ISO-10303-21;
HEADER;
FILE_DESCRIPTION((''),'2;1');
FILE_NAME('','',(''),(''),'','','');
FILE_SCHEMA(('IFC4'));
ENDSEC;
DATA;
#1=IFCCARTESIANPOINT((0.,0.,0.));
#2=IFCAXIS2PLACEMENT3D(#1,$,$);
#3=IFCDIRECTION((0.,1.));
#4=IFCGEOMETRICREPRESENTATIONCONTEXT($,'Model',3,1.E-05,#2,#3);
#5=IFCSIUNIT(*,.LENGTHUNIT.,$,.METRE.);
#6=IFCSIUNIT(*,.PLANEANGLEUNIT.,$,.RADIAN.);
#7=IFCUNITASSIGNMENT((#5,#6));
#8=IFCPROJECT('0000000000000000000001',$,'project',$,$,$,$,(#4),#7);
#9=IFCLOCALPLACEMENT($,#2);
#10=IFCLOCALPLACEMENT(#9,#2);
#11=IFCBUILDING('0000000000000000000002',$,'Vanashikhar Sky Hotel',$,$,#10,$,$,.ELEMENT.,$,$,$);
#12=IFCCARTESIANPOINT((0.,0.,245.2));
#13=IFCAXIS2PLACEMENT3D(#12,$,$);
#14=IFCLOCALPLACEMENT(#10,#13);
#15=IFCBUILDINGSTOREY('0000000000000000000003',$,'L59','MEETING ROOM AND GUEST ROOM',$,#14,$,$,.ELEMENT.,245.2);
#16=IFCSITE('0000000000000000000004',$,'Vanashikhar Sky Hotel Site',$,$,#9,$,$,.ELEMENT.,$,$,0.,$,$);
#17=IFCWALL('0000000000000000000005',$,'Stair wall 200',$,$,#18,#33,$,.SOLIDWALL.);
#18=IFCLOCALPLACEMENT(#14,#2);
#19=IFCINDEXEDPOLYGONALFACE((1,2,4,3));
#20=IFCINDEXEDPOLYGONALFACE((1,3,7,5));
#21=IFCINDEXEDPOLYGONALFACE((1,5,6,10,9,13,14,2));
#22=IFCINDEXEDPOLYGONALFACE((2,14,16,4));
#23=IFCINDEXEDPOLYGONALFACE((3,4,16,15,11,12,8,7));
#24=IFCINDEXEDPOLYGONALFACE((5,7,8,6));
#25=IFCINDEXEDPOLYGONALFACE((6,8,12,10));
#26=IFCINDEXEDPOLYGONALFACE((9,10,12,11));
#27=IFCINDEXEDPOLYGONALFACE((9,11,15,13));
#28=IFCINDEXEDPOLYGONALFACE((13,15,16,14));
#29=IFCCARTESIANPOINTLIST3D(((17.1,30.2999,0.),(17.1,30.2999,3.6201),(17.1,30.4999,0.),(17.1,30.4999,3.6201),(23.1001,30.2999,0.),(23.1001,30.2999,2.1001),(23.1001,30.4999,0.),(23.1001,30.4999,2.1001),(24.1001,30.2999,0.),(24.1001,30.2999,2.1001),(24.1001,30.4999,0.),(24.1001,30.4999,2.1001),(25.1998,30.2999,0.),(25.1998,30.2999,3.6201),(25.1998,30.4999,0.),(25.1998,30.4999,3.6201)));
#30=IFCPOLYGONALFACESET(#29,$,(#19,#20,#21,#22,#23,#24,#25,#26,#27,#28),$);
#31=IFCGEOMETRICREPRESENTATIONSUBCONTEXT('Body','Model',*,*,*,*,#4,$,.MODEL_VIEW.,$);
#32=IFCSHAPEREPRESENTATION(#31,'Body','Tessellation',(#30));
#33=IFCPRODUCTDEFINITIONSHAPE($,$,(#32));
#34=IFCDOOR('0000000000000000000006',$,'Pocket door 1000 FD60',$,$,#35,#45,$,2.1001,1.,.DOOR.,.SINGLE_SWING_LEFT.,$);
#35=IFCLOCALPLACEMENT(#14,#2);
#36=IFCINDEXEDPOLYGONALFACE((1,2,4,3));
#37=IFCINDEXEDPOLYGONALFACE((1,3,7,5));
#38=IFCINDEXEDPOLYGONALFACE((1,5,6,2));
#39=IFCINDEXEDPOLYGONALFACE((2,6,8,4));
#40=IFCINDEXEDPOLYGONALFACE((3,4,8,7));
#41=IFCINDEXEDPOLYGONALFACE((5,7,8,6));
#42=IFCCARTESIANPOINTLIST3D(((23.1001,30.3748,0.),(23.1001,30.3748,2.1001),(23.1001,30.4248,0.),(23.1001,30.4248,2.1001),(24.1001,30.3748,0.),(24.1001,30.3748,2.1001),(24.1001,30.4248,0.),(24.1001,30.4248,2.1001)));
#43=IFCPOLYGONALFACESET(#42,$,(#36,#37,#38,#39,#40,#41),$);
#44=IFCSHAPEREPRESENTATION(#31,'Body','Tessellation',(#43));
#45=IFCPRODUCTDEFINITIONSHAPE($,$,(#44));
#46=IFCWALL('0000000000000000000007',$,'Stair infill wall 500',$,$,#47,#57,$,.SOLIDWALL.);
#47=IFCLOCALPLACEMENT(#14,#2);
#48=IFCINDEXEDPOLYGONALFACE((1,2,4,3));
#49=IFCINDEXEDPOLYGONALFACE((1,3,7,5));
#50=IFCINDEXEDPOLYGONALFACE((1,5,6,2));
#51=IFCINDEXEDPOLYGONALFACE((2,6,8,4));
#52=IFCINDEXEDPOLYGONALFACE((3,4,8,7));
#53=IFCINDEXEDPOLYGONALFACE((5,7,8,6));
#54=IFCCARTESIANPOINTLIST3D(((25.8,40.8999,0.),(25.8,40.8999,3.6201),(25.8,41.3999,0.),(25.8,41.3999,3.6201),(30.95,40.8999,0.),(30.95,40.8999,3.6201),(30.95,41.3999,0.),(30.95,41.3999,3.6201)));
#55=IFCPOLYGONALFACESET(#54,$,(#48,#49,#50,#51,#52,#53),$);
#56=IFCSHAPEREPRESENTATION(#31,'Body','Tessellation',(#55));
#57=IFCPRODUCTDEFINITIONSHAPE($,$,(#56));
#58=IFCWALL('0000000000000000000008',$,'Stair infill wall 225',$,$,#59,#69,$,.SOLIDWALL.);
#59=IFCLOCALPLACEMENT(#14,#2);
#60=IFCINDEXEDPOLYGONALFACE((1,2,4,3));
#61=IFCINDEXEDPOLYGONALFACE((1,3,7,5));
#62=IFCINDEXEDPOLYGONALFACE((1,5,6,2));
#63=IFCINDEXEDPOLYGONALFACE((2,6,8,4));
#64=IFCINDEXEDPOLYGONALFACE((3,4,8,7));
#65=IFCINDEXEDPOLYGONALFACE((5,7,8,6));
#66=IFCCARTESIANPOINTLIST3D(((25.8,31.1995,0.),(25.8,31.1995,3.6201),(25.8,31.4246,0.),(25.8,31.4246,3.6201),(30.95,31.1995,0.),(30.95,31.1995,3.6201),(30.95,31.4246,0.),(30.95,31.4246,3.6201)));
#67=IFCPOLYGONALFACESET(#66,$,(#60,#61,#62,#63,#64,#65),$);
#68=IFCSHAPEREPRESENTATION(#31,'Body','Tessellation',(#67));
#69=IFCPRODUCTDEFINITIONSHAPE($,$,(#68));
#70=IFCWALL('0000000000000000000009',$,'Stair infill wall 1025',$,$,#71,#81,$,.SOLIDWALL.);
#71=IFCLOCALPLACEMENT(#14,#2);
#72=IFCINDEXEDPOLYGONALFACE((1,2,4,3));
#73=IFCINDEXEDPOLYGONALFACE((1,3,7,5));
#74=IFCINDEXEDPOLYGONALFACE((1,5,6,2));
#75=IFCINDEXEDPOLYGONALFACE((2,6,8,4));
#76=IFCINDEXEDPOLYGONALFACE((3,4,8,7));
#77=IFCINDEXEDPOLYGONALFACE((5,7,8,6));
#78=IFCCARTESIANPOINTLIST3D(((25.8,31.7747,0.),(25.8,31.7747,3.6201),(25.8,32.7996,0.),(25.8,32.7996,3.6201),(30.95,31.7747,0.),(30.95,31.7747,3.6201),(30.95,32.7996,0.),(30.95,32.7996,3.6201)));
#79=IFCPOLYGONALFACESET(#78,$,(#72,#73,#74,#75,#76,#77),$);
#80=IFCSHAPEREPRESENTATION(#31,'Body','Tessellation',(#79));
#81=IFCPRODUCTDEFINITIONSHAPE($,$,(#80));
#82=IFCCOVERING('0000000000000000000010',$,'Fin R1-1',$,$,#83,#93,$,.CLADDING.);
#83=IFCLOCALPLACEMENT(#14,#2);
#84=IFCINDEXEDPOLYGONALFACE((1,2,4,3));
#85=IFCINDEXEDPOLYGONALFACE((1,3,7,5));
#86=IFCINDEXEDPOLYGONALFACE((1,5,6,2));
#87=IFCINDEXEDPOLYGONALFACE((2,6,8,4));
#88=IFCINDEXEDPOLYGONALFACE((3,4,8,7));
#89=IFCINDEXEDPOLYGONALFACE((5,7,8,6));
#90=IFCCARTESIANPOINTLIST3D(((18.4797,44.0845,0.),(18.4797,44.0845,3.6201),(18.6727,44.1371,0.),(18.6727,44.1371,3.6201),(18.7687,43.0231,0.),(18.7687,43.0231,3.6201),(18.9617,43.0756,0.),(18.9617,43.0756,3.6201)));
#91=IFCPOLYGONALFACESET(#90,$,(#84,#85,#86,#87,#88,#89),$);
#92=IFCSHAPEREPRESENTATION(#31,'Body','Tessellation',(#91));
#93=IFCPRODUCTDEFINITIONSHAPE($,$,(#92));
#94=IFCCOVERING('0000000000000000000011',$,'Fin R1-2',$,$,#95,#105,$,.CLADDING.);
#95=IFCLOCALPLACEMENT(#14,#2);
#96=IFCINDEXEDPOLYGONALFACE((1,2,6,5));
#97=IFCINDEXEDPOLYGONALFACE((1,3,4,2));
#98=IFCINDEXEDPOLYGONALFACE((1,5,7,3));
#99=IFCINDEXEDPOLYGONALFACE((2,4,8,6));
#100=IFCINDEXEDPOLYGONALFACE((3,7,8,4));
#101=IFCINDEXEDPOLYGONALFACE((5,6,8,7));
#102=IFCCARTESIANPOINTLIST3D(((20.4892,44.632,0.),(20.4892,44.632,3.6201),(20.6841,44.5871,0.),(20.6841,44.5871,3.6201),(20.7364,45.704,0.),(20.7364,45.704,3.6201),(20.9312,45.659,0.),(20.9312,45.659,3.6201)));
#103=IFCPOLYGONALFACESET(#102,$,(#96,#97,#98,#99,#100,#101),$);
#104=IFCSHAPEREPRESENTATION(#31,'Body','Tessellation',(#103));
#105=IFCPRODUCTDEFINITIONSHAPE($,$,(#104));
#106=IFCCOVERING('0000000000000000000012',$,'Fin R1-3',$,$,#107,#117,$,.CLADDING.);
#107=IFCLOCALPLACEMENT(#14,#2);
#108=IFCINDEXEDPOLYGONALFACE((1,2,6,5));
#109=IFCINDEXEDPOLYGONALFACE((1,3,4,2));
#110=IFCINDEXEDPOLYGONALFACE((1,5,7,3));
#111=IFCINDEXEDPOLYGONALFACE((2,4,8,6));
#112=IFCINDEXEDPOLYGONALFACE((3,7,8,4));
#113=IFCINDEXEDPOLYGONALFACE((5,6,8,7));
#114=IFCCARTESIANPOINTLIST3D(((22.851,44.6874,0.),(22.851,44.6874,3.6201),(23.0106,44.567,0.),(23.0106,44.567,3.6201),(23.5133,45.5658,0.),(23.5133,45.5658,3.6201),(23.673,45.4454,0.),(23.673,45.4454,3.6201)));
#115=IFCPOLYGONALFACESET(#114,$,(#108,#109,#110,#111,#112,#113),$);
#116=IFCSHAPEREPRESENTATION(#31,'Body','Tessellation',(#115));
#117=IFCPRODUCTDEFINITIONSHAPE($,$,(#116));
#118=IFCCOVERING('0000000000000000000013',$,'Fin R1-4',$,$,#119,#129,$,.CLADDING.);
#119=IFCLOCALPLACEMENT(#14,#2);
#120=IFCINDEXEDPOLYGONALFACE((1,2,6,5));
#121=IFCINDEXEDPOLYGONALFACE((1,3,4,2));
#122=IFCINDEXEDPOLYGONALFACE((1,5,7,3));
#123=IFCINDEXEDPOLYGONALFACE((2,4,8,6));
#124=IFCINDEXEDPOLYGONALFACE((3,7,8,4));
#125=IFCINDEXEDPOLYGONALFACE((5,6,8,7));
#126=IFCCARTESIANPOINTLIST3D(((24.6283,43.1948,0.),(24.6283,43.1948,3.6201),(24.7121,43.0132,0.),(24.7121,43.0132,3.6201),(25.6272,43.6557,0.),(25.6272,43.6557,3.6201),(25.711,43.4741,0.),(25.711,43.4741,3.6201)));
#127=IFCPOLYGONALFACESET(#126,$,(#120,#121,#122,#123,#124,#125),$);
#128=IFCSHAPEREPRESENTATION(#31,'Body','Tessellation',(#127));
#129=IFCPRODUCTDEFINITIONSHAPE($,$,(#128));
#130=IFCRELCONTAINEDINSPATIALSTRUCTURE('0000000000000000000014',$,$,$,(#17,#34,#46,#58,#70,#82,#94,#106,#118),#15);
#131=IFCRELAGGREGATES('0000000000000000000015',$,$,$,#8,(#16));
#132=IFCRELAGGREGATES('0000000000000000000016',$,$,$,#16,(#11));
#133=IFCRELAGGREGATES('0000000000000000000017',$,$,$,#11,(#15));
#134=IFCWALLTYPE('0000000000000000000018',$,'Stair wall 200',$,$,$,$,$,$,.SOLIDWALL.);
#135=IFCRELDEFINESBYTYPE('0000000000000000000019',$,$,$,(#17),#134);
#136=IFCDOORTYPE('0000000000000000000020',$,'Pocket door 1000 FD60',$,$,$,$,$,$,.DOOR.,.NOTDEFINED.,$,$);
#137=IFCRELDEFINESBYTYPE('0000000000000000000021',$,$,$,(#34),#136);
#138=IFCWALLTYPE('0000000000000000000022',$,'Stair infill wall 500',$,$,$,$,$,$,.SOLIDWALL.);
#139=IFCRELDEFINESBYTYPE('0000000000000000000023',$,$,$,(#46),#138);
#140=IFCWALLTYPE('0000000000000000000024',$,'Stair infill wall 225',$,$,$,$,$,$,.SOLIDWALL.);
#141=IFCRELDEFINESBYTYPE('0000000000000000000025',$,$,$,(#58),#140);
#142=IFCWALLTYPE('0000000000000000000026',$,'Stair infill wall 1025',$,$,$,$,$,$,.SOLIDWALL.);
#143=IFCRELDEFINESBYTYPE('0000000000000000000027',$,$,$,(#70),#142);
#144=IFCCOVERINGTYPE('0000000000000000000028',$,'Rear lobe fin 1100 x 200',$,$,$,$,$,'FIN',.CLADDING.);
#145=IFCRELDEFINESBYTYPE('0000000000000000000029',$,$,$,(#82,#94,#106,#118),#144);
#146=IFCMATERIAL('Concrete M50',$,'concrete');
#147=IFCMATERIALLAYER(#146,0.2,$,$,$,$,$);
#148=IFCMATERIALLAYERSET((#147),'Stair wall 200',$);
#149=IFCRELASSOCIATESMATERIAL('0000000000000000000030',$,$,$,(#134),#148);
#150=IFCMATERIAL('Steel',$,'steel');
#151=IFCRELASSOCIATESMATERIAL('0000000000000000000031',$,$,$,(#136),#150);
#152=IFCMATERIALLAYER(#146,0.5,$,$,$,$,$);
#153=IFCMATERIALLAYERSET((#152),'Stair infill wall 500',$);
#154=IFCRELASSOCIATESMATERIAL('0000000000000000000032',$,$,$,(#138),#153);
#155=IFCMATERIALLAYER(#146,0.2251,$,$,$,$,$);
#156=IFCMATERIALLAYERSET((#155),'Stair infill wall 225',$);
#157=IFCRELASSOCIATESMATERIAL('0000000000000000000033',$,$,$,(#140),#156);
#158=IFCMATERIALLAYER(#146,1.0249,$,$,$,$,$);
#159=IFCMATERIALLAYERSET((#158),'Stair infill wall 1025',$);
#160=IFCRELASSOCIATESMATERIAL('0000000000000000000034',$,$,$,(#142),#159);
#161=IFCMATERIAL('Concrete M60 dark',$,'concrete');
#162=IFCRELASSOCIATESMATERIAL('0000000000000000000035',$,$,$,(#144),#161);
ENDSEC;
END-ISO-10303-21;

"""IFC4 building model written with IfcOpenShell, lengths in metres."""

from ifc_helpers import new_model, si_unit, direction, frame, frame_2d, origin, origin_2d, place, context, subcontext, project, spatial, rectangle, extrude, source, transform, mapped, material, layer, layer_set, material_profile, profile_set, type_object, element, fill, save


model = new_model("IFC4")

# Units and contexts
model_context = context("Model", 3, precision=1e-05, world=origin(), true_north=direction((0.0, 1.0)))
body_context = subcontext(model_context, "Body", "Model", "MODEL_VIEW")
ifc_project = project(units=[si_unit("LENGTHUNIT", "METRE"), si_unit("PLANEANGLEUNIT", "RADIAN")], contexts=[model_context])

# Site, building, storey
site_placement = place(None, origin())
site = spatial("IfcSite", under=ifc_project, at=site_placement, Name="Vanashikhar Sky Hotel Site", CompositionType="ELEMENT", RefElevation=0.0)
building_placement = place(site_placement, origin())
building = spatial("IfcBuilding", under=site, at=building_placement, Name="Vanashikhar Sky Hotel", CompositionType="ELEMENT")
storey_placement = place(building_placement, frame((0.0, 0.0, 245.2)))
storey = spatial("IfcBuildingStorey", under=building, at=storey_placement, Name="L59", Description="MEETING ROOM AND GUEST ROOM", CompositionType="ELEMENT", Elevation=245.2)

# Shared definitions
ifc_material_1 = material(Name="Concrete M50", Category="concrete")

# Wall, opening, door
ifc_layer_1 = layer(ifc_material_1, 0.2)
ifc_layer_set_1 = layer_set([ifc_layer_1], Name="Stair wall 200")
wall_type_1 = type_object("IfcWallType", Name="Stair wall 200", PredefinedType="SOLIDWALL", material=ifc_layer_set_1)
shared_shape_1 = source(origin(), body_context, "Body", "SweptSolid", [
    extrude(rectangle(XDim=8.0999, YDim=0.2, at=frame_2d((4.0498, 0.0))), origin(), (0.0, 0.0, 1.0), 3.6201),
])
wall_1_placement = place(storey_placement, frame((17.1001, 30.3999, 0.0), z_axis=(0.0, 0.0, 1.0), x_axis=(1.0, 0.0, 0.0)))
wall_1 = element("IfcWall", 1, at=wall_1_placement, inside=storey, type_object=wall_type_1, Name="Stair wall 200", PredefinedType="SOLIDWALL", context=body_context, shape_type="MappedRepresentation", body=[
    mapped(shared_shape_1, transform((0.0, 0.0, 0.0), scale=1.0)),
])
shared_shape_2 = source(origin(), body_context, "Body", "SweptSolid", [
    extrude(rectangle(XDim=1.0, YDim=2.1001, at=frame_2d((0.5, 1.05))), frame((0.0, 0.1099, 0.0), z_axis=(0.0, -1.0, 0.0), x_axis=(1.0, 0.0, 0.0)), (0.0, 0.0, 1.0), 0.22),
])
opening_1_placement = place(wall_1_placement, frame((6.0, 0.0, 0.0)))
opening_1 = element("IfcOpeningElement", 2, at=opening_1_placement, cuts=wall_1, PredefinedType="OPENING", context=body_context, shape_type="MappedRepresentation", body=[
    mapped(shared_shape_2, transform((0.0, 0.0, 0.0), scale=1.0)),
])
ifc_material_2 = material(Name="Steel", Category="steel")
door_type_1 = type_object("IfcDoorType", Name="Pocket door 1000 FD60", OperationType="NOTDEFINED", PredefinedType="DOOR", material=ifc_material_2)
shared_shape_3 = source(origin(), body_context, "Body", "SweptSolid", [
    extrude(rectangle(XDim=1.0, YDim=2.1001, at=frame_2d((0.5, 1.05))), frame((0.0, 0.0249, 0.0), z_axis=(0.0, -1.0, 0.0), x_axis=(1.0, 0.0, 0.0)), (0.0, 0.0, 1.0), 0.05),
])
door_1_placement = place(opening_1_placement, origin())
door_1 = element("IfcDoor", 3, at=door_1_placement, inside=storey, type_object=door_type_1, Name="Pocket door 1000 FD60", OperationType="SINGLE_SWING_LEFT", OverallHeight=2.1001, OverallWidth=1.0, PredefinedType="DOOR", context=body_context, shape_type="MappedRepresentation", body=[
    mapped(shared_shape_3, transform((0.0, 0.0, 0.0), scale=1.0)),
])
fill(opening_1, door_1)

# Walls
ifc_layer_2 = layer(ifc_material_1, 0.5)
ifc_layer_set_2 = layer_set([ifc_layer_2], Name="Stair infill wall 500")
wall_type_2 = type_object("IfcWallType", Name="Stair infill wall 500", PredefinedType="SOLIDWALL", material=ifc_layer_set_2)
shared_shape_4 = source(origin(), body_context, "Body", "SweptSolid", [
    extrude(rectangle(XDim=5.1499, YDim=0.5, at=frame_2d((2.575, 0.0))), origin(), (0.0, 0.0, 1.0), 3.6201),
])
wall_2_placement = place(storey_placement, frame((25.8, 41.1499, 0.0), z_axis=(0.0, 0.0, 1.0), x_axis=(1.0, 0.0, 0.0)))
element("IfcWall", 4, at=wall_2_placement, inside=storey, type_object=wall_type_2, Name="Stair infill wall 500", PredefinedType="SOLIDWALL", context=body_context, shape_type="MappedRepresentation", body=[
    mapped(shared_shape_4, transform((0.0, 0.0, 0.0), scale=1.0)),
])
ifc_layer_3 = layer(ifc_material_1, 0.2251)
ifc_layer_set_3 = layer_set([ifc_layer_3], Name="Stair infill wall 225")
wall_type_3 = type_object("IfcWallType", Name="Stair infill wall 225", PredefinedType="SOLIDWALL", material=ifc_layer_set_3)
shared_shape_5 = source(origin(), body_context, "Body", "SweptSolid", [
    extrude(rectangle(XDim=5.1499, YDim=0.2251, at=frame_2d((2.575, 0.0))), origin(), (0.0, 0.0, 1.0), 3.6201),
])
wall_3_placement = place(storey_placement, frame((25.8, 31.312, 0.0), z_axis=(0.0, 0.0, 1.0), x_axis=(1.0, 0.0, 0.0)))
element("IfcWall", 5, at=wall_3_placement, inside=storey, type_object=wall_type_3, Name="Stair infill wall 225", PredefinedType="SOLIDWALL", context=body_context, shape_type="MappedRepresentation", body=[
    mapped(shared_shape_5, transform((0.0, 0.0, 0.0), scale=1.0)),
])
ifc_layer_4 = layer(ifc_material_1, 1.0249)
ifc_layer_set_4 = layer_set([ifc_layer_4], Name="Stair infill wall 1025")
wall_type_4 = type_object("IfcWallType", Name="Stair infill wall 1025", PredefinedType="SOLIDWALL", material=ifc_layer_set_4)
shared_shape_6 = source(origin(), body_context, "Body", "SweptSolid", [
    extrude(rectangle(XDim=5.1499, YDim=1.0249, at=frame_2d((2.575, 0.0))), origin(), (0.0, 0.0, 1.0), 3.6201),
])
wall_4_placement = place(storey_placement, frame((25.8, 32.2871, 0.0), z_axis=(0.0, 0.0, 1.0), x_axis=(1.0, 0.0, 0.0)))
element("IfcWall", 6, at=wall_4_placement, inside=storey, type_object=wall_type_4, Name="Stair infill wall 1025", PredefinedType="SOLIDWALL", context=body_context, shape_type="MappedRepresentation", body=[
    mapped(shared_shape_6, transform((0.0, 0.0, 0.0), scale=1.0)),
])

# Coverings
ifc_material_3 = material(Name="Concrete M60 dark", Category="concrete")
ifc_material_profile = material_profile(ifc_material_3, rectangle(XDim=1.1001, YDim=0.2, at=origin_2d()))
ifc_profile_set = profile_set([ifc_material_profile], Name="Rear lobe fin 1100 x 200")
covering_type = type_object("IfcCoveringType", Name="Rear lobe fin 1100 x 200", ElementType="FIN", PredefinedType="CLADDING", material=ifc_profile_set)
shared_shape_7 = source(origin(), body_context, "Body", "SweptSolid", [
    extrude(rectangle(XDim=1.1001, YDim=0.2, at=origin_2d()), origin(), (0.0, 0.0, 1.0), 3.6201),
])
for number, where, z_axis, x_axis, name in (
    (7, (18.7207, 43.5801, 0.0), (0.0, 0.0, 1.0), (-0.262711, 0.964874, 0.0), "Fin R1-1"),
    (8, (20.7102, 45.1455, 0.0), (0.0, 0.0, 1.0), (0.224645, 0.974441, 0.0), "Fin R1-2"),
    (9, (23.262, 45.0664, 0.0), (0.0, 0.0, 1.0), (0.602066, 0.798446, 0.0), "Fin R1-3"),
    (10, (25.1697, 43.3345, 0.0), (0.0, 0.0, 1.0), (0.908004, 0.418961, 0.0), "Fin R1-4"),
):
    element("IfcCovering", number, at=place(storey_placement, frame(where, z_axis=z_axis, x_axis=x_axis)), inside=storey, type_object=covering_type, Name=name, PredefinedType="CLADDING", context=body_context, shape_type="MappedRepresentation", body=[
        mapped(shared_shape_7, transform((0.0, 0.0, 0.0), scale=1.0)),
    ])

save(model, "model.ifc")
